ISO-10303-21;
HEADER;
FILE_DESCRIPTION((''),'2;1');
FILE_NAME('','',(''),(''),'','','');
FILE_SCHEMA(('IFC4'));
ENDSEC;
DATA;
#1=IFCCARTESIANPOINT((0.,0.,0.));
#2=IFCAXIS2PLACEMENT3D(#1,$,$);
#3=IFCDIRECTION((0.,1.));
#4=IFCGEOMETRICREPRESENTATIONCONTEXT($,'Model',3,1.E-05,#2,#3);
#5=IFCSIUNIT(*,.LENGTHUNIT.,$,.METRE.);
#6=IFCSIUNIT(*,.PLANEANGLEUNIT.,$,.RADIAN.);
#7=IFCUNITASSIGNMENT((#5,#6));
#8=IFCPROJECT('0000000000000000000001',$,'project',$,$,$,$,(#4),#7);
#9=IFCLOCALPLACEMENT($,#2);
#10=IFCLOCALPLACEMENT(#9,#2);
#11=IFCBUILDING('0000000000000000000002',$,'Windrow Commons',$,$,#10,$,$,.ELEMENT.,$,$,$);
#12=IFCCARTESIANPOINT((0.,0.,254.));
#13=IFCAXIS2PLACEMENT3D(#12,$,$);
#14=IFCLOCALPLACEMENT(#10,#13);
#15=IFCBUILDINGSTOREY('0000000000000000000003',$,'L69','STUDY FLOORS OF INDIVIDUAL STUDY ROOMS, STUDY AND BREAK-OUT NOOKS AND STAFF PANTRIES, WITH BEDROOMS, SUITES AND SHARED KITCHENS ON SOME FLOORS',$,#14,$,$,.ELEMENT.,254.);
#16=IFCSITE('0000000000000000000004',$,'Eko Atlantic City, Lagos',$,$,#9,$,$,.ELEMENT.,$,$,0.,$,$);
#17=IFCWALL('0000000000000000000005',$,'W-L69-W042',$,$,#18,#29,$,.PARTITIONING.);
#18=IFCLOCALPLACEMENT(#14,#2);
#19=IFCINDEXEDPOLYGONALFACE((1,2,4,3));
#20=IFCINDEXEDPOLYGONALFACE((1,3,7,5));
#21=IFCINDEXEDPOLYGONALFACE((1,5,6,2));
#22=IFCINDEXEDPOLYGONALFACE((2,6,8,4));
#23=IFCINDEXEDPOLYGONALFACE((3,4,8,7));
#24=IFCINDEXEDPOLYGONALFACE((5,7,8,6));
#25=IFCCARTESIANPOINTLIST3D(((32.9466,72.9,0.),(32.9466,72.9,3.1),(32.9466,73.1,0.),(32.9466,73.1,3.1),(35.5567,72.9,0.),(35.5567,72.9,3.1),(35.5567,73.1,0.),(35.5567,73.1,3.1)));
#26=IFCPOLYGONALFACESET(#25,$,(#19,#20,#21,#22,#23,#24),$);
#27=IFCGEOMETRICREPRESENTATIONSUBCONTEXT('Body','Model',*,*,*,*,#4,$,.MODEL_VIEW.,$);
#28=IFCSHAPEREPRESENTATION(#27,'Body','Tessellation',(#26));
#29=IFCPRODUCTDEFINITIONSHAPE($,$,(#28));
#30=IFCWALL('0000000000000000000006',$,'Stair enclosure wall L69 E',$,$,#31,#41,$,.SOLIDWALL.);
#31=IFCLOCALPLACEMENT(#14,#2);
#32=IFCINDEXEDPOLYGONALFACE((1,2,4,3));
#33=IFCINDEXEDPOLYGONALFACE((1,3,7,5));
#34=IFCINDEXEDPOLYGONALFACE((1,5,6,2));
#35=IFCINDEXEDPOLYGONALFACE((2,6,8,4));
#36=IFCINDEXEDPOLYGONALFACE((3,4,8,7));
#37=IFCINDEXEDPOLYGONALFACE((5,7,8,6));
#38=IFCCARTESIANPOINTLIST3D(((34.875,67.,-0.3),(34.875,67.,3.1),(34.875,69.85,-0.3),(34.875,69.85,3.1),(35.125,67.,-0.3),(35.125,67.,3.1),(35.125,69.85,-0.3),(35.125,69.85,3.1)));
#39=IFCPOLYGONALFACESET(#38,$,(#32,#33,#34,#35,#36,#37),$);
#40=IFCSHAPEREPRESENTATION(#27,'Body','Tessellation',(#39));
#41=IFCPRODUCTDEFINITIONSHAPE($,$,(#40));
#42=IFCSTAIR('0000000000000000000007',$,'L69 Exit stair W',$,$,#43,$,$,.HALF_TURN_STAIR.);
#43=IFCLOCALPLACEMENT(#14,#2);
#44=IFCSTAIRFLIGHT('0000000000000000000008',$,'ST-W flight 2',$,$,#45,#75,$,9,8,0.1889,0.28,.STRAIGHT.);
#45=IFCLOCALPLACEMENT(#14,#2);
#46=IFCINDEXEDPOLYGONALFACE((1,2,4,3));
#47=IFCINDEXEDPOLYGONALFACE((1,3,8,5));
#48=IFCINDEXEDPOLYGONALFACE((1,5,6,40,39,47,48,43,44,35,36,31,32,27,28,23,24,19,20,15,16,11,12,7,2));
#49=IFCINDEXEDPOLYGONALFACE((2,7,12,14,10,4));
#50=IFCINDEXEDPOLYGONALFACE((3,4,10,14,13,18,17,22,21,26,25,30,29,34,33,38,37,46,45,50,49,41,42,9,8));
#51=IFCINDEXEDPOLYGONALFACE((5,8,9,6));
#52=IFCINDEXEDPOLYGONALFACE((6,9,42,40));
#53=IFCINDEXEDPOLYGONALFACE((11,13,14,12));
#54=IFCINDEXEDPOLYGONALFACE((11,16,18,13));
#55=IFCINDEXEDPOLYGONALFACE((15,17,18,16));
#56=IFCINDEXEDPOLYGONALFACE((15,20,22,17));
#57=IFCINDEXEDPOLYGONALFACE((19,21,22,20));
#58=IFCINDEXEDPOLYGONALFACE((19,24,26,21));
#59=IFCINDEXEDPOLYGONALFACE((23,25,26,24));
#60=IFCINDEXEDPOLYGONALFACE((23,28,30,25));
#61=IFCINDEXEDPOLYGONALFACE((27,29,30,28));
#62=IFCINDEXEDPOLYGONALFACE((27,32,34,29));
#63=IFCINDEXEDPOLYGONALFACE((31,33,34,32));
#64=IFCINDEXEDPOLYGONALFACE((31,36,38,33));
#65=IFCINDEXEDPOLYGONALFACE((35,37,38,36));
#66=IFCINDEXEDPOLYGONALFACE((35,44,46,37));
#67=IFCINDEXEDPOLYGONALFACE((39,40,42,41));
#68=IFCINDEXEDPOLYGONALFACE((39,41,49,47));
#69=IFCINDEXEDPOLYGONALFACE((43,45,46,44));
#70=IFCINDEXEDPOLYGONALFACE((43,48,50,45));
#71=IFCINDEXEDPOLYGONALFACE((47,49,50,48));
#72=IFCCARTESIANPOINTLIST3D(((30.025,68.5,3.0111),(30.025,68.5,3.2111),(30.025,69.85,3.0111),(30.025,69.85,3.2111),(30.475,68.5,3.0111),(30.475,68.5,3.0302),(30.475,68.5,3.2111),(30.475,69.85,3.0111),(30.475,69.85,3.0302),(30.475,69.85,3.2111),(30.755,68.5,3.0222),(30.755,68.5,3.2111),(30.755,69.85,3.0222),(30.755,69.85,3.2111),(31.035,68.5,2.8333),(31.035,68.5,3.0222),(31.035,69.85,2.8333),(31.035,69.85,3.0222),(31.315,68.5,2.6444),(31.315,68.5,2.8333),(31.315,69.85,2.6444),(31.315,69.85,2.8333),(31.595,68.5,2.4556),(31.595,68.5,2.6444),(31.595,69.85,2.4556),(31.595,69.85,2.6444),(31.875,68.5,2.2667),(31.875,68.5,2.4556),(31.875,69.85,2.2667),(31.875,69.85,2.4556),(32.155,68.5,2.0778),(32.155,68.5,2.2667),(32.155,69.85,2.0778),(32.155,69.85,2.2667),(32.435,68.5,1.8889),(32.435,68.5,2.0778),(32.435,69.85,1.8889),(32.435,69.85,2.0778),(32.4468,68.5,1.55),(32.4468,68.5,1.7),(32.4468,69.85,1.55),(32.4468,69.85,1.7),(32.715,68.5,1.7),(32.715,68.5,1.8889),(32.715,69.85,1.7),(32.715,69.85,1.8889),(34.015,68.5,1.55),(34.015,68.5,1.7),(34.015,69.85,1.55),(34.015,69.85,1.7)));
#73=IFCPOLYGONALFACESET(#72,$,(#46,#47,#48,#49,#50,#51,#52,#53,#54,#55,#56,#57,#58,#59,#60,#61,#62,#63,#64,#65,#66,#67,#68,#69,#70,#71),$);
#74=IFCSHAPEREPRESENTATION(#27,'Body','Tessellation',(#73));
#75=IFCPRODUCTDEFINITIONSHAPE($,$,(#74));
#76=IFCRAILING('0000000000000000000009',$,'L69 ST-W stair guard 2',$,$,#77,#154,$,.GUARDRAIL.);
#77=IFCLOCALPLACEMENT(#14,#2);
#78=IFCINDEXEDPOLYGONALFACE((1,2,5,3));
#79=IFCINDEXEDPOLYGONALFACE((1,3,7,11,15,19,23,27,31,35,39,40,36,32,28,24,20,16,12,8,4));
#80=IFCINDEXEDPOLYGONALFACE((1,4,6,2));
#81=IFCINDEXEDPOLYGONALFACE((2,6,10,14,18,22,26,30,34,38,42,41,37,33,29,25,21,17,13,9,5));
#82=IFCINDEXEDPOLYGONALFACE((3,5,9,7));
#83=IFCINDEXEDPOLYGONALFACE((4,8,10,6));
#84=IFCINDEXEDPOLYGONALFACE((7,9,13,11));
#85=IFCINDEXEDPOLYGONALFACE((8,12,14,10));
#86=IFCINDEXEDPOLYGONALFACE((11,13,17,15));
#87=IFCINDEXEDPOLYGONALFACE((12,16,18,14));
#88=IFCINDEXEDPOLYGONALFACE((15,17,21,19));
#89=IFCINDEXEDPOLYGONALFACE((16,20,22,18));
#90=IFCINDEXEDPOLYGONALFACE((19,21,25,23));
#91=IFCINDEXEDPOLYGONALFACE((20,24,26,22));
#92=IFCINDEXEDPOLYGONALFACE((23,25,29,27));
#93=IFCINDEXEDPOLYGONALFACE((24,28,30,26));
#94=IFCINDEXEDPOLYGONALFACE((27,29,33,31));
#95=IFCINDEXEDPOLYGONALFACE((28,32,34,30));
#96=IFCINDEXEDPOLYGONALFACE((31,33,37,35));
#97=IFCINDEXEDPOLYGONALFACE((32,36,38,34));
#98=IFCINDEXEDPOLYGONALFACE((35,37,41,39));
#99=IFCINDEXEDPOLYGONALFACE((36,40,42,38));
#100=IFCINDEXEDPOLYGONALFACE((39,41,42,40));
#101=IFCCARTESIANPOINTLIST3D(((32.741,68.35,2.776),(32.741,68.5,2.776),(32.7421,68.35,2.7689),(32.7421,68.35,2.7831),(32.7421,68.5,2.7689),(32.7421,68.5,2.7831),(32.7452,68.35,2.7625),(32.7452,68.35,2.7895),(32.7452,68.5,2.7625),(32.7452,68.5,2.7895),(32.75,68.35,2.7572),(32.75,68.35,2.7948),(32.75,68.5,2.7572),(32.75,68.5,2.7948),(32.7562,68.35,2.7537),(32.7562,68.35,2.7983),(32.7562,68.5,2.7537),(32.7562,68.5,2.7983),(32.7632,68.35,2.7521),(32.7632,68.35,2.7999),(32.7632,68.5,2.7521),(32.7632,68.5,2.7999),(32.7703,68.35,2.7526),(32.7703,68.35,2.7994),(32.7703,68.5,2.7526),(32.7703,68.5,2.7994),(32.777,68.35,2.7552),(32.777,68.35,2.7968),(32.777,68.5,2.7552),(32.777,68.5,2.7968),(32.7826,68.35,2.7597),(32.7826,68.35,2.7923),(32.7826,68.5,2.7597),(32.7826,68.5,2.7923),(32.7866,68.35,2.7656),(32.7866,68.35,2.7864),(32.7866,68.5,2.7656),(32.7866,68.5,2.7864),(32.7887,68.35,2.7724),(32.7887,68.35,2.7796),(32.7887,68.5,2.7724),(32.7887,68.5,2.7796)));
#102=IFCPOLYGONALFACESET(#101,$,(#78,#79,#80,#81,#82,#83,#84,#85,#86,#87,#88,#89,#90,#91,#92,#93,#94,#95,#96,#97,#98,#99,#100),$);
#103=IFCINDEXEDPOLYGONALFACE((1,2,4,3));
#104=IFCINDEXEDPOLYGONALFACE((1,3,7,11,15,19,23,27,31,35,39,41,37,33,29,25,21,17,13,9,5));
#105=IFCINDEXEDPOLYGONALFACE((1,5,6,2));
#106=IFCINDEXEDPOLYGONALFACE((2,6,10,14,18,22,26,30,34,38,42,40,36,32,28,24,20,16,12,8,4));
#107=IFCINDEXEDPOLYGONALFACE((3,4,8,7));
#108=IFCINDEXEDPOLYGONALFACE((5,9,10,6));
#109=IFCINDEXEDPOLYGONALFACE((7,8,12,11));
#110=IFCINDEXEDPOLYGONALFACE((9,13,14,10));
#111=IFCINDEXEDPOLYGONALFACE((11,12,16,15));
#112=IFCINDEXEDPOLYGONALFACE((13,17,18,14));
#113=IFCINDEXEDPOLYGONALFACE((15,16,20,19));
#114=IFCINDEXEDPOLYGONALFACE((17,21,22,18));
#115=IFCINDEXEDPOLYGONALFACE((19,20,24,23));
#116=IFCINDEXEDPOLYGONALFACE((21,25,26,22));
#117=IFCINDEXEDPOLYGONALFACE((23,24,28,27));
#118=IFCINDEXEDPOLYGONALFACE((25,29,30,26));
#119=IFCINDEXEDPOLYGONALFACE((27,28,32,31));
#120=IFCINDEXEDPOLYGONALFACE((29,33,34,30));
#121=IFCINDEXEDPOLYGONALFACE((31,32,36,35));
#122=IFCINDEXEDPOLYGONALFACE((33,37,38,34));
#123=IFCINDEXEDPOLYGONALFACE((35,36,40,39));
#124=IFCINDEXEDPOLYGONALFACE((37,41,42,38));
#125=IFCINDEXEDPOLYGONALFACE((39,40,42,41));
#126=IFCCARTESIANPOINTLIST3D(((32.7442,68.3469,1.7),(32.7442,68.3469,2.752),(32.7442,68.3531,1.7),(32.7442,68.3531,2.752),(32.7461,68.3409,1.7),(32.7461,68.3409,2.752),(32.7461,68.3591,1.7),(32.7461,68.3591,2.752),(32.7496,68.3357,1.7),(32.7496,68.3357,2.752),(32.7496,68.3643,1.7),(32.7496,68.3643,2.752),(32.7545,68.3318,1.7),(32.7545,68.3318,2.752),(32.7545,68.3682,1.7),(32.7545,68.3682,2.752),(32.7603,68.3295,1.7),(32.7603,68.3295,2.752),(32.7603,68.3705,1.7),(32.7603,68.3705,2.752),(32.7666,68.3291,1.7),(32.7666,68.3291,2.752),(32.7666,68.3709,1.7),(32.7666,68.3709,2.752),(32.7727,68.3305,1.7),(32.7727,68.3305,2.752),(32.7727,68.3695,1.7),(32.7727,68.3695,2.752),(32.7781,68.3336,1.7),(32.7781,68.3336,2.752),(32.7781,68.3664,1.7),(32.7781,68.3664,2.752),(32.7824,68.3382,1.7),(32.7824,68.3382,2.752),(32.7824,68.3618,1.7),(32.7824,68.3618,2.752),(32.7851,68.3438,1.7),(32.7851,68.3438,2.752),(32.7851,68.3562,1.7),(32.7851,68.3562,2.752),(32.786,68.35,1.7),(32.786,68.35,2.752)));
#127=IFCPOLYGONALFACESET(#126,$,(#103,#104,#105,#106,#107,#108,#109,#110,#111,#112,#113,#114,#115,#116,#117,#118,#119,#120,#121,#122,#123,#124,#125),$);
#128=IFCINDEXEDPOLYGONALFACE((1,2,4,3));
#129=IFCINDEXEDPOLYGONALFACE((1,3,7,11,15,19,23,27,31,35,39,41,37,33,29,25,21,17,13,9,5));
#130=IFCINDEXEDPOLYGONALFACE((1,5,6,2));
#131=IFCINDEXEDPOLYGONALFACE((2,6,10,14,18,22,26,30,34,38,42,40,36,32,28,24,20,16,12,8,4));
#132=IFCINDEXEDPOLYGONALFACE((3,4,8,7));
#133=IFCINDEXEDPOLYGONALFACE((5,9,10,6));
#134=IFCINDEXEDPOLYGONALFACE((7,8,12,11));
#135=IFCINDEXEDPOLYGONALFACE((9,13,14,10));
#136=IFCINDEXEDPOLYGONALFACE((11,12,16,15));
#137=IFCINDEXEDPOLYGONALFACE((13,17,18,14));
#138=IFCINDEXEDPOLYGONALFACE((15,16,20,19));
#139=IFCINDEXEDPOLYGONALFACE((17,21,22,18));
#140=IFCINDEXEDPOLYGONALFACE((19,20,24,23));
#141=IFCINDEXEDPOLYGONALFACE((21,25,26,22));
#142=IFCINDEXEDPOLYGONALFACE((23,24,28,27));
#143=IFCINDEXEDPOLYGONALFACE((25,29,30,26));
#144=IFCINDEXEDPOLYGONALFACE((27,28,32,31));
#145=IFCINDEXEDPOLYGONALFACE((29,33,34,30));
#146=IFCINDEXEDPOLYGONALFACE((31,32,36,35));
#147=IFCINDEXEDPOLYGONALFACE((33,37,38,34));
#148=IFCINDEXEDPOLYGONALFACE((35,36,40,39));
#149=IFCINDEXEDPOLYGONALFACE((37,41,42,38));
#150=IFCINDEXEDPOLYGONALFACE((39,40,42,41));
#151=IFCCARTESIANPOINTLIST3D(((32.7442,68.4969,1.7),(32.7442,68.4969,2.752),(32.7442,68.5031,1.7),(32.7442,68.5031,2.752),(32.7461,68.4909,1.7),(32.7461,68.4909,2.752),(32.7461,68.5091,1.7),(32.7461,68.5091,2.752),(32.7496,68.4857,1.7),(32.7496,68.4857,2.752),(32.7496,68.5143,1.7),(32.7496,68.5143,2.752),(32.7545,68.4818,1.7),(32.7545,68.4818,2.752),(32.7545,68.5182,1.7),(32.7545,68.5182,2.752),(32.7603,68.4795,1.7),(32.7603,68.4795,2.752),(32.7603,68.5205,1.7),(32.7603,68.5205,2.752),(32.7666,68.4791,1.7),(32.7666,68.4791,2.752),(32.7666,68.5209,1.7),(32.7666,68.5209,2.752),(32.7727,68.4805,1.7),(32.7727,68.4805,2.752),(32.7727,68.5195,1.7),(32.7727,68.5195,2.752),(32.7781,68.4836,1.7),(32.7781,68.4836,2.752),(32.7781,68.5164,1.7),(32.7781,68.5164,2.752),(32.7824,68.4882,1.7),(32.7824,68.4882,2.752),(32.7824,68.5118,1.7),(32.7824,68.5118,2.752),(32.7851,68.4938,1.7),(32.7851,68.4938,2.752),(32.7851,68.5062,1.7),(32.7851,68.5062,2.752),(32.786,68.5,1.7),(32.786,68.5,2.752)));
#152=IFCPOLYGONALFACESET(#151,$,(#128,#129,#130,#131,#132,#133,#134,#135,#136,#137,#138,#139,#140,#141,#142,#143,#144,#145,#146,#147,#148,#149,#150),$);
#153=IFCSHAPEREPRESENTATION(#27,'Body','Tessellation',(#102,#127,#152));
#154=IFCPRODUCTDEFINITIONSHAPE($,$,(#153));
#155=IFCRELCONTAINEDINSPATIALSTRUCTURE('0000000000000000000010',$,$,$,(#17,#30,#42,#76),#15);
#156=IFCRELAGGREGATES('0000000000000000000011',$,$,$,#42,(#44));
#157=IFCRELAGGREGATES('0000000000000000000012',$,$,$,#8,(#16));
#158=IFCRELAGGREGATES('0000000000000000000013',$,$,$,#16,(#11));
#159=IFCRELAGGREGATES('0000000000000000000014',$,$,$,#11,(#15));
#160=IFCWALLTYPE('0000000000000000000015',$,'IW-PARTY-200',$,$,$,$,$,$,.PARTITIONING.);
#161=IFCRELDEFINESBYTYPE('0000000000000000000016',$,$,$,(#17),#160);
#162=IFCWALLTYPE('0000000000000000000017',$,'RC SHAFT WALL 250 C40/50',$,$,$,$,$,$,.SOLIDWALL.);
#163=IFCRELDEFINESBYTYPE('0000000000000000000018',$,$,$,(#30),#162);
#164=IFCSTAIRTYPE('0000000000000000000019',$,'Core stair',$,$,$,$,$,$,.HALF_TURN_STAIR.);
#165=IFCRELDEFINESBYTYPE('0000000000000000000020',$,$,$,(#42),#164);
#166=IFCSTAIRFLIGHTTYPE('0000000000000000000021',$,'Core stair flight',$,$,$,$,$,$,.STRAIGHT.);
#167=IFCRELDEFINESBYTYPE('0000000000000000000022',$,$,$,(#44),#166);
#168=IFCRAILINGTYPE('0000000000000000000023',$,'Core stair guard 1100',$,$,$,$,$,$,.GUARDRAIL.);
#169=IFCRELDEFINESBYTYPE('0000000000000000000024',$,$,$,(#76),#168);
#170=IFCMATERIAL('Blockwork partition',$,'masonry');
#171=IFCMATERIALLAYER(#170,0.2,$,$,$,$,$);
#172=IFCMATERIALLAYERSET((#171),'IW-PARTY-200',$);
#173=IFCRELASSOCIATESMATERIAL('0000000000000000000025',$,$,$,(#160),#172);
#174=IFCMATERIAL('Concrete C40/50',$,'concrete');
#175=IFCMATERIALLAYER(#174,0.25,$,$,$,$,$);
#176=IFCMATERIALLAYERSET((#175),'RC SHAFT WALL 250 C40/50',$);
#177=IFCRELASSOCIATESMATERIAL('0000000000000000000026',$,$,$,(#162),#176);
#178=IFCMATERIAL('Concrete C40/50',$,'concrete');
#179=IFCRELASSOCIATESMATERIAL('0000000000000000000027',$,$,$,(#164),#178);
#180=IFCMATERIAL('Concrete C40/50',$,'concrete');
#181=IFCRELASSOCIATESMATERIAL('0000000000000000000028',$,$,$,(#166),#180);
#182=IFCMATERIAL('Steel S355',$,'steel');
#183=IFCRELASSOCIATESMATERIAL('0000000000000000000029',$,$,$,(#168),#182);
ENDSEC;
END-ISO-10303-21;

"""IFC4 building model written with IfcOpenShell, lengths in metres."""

from ifc_helpers import new_model, si_unit, direction, frame, frame_2d, origin, origin_2d, place, context, subcontext, project, spatial, polyline, rectangle, circle, outline, extrude, material, layer, layer_set, type_object, element, aggregate, save


model = new_model("IFC4")

# Units and contexts
model_context = context("Model", 3, precision=1e-05, world=origin(), true_north=direction((0.0, 1.0)))
body_context = subcontext(model_context, "Body", "Model", "MODEL_VIEW")
ifc_project = project(units=[si_unit("LENGTHUNIT", "METRE"), si_unit("PLANEANGLEUNIT", "RADIAN")], contexts=[model_context])

# Site, building, storey
site_placement = place(None, origin())
site = spatial("IfcSite", under=ifc_project, at=site_placement, Name="Eko Atlantic City, Lagos", CompositionType="ELEMENT", RefElevation=0.0)
building_placement = place(site_placement, origin())
building = spatial("IfcBuilding", under=site, at=building_placement, Name="Windrow Commons", CompositionType="ELEMENT")
storey_placement = place(building_placement, frame((0.0, 0.0, 254.0)))
storey = spatial("IfcBuildingStorey", under=building, at=storey_placement, Name="L69", Description="STUDY FLOORS OF INDIVIDUAL STUDY ROOMS, STUDY AND BREAK-OUT NOOKS AND STAFF PANTRIES, WITH BEDROOMS, SUITES AND SHARED KITCHENS ON SOME FLOORS", CompositionType="ELEMENT", Elevation=254.0)

# Walls
ifc_material_1 = material(Name="Blockwork partition", Category="masonry")
ifc_layer_1 = layer(ifc_material_1, 0.2)
ifc_layer_set_1 = layer_set([ifc_layer_1], Name="IW-PARTY-200")
wall_type_1 = type_object("IfcWallType", Name="IW-PARTY-200", PredefinedType="PARTITIONING", material=ifc_layer_set_1)
wall_1_placement = place(storey_placement, frame((32.9466, 73.0, 0.0), z_axis=(0.0, 0.0, 1.0), x_axis=(1.0, 0.0, 0.0)))
element("IfcWall", 1, at=wall_1_placement, inside=storey, type_object=wall_type_1, Name="W-L69-W042", PredefinedType="PARTITIONING", context=body_context, shape_type="SweptSolid", body=[
    extrude(rectangle(XDim=2.6101, YDim=0.2, at=frame_2d((1.3051, 0.0))), origin(), (0.0, 0.0, 1.0), 3.1),
])
ifc_material_2 = material(Name="Concrete C40/50", Category="concrete")
ifc_layer_2 = layer(ifc_material_2, 0.25)
ifc_layer_set_2 = layer_set([ifc_layer_2], Name="RC SHAFT WALL 250 C40/50")
wall_type_2 = type_object("IfcWallType", Name="RC SHAFT WALL 250 C40/50", PredefinedType="SOLIDWALL", material=ifc_layer_set_2)
wall_2_placement = place(storey_placement, frame((35.0, 67.0, -0.3), z_axis=(0.0, 0.0, 1.0), x_axis=(0.0, 1.0, 0.0)))
element("IfcWall", 2, at=wall_2_placement, inside=storey, type_object=wall_type_2, Name="Stair enclosure wall L69 E", PredefinedType="SOLIDWALL", context=body_context, shape_type="SweptSolid", body=[
    extrude(rectangle(XDim=2.85, YDim=0.25, at=frame_2d((1.425, 0.0))), origin(), (0.0, 0.0, 1.0), 3.4),
])

# Stair, stair flight
ifc_material_3 = material(Name="Concrete C40/50", Category="concrete")
stair_type = type_object("IfcStairType", Name="Core stair", PredefinedType="HALF_TURN_STAIR", material=ifc_material_3)
stair_placement = place(storey_placement, origin())
stair = element("IfcStair", 3, at=stair_placement, inside=storey, type_object=stair_type, Name="L69 Exit stair W", PredefinedType="HALF_TURN_STAIR")
ifc_material_4 = material(Name="Concrete C40/50", Category="concrete")
stair_flight_type = type_object("IfcStairFlightType", Name="Core stair flight", PredefinedType="STRAIGHT", material=ifc_material_4)
stair_flight_placement = place(storey_placement, frame((32.715, 69.175, 1.7), z_axis=(0.0, 0.0, 1.0), x_axis=(-1.0, 0.0, 0.0)))
stair_flight = element("IfcStairFlight", 4, at=stair_flight_placement, type_object=stair_flight_type, Name="ST-W flight 2", NumberOfRisers=9, NumberOfTreads=8, PredefinedType="STRAIGHT", RiserHeight=0.1889, TreadLength=0.28, context=body_context, shape_type="SweptSolid", body=[
    extrude(outline(polyline([(-1.3, -0.15), (-1.3, 0.0), (0.0, 0.0), (0.0, 0.1889), (0.28, 0.1889), (0.28, 0.3778), (0.56, 0.3778), (0.56, 0.5667), (0.84, 0.5667), (0.84, 0.7556), (1.12, 0.7556), (1.12, 0.9444), (1.4, 0.9444), (1.4, 1.1333), (1.68, 1.1333), (1.68, 1.3222), (1.96, 1.3222), (1.96, 1.5111), (2.24, 1.5111), (2.69, 1.5111), (2.69, 1.3111), (2.24, 1.3111), (2.24, 1.3302), (0.2682, 0.0), (0.2682, -0.15), (-1.3, -0.15)])), frame((0.0, 0.675, 0.0), z_axis=(0.0, -1.0, 0.0), x_axis=(1.0, 0.0, 0.0)), (0.0, 0.0, 1.0), 1.35),
])
aggregate(stair, [stair_flight])

# Railing
ifc_material_5 = material(Name="Steel S355", Category="steel")
railing_type_1 = type_object("IfcRailingType", Name="Core stair guard 1100", PredefinedType="GUARDRAIL", material=ifc_material_5)
railing_1_placement = place(storey_placement, frame((32.765, 68.35, 1.7)))
element("IfcRailing", 5, at=railing_1_placement, inside=storey, type_object=railing_type_1, Name="L69 ST-W stair guard 2", PredefinedType="GUARDRAIL", context=body_context, shape_type="SweptSolid", body=[
    extrude(circle(Radius=0.024, at=origin_2d()), frame((0.0, 0.0, 1.076), z_axis=(0.0, 1.0, 0.0), x_axis=(-1.0, 0.0, 0.0)), (0.0, 0.0, 1.0), 0.15),
    extrude(circle(Radius=0.021, at=origin_2d()), origin(), (0.0, 0.0, 1.0), 1.052),
    extrude(circle(Radius=0.021, at=origin_2d()), frame((0.0, 0.15, 0.0)), (0.0, 0.0, 1.0), 1.052),
])

save(model, "model.ifc")
